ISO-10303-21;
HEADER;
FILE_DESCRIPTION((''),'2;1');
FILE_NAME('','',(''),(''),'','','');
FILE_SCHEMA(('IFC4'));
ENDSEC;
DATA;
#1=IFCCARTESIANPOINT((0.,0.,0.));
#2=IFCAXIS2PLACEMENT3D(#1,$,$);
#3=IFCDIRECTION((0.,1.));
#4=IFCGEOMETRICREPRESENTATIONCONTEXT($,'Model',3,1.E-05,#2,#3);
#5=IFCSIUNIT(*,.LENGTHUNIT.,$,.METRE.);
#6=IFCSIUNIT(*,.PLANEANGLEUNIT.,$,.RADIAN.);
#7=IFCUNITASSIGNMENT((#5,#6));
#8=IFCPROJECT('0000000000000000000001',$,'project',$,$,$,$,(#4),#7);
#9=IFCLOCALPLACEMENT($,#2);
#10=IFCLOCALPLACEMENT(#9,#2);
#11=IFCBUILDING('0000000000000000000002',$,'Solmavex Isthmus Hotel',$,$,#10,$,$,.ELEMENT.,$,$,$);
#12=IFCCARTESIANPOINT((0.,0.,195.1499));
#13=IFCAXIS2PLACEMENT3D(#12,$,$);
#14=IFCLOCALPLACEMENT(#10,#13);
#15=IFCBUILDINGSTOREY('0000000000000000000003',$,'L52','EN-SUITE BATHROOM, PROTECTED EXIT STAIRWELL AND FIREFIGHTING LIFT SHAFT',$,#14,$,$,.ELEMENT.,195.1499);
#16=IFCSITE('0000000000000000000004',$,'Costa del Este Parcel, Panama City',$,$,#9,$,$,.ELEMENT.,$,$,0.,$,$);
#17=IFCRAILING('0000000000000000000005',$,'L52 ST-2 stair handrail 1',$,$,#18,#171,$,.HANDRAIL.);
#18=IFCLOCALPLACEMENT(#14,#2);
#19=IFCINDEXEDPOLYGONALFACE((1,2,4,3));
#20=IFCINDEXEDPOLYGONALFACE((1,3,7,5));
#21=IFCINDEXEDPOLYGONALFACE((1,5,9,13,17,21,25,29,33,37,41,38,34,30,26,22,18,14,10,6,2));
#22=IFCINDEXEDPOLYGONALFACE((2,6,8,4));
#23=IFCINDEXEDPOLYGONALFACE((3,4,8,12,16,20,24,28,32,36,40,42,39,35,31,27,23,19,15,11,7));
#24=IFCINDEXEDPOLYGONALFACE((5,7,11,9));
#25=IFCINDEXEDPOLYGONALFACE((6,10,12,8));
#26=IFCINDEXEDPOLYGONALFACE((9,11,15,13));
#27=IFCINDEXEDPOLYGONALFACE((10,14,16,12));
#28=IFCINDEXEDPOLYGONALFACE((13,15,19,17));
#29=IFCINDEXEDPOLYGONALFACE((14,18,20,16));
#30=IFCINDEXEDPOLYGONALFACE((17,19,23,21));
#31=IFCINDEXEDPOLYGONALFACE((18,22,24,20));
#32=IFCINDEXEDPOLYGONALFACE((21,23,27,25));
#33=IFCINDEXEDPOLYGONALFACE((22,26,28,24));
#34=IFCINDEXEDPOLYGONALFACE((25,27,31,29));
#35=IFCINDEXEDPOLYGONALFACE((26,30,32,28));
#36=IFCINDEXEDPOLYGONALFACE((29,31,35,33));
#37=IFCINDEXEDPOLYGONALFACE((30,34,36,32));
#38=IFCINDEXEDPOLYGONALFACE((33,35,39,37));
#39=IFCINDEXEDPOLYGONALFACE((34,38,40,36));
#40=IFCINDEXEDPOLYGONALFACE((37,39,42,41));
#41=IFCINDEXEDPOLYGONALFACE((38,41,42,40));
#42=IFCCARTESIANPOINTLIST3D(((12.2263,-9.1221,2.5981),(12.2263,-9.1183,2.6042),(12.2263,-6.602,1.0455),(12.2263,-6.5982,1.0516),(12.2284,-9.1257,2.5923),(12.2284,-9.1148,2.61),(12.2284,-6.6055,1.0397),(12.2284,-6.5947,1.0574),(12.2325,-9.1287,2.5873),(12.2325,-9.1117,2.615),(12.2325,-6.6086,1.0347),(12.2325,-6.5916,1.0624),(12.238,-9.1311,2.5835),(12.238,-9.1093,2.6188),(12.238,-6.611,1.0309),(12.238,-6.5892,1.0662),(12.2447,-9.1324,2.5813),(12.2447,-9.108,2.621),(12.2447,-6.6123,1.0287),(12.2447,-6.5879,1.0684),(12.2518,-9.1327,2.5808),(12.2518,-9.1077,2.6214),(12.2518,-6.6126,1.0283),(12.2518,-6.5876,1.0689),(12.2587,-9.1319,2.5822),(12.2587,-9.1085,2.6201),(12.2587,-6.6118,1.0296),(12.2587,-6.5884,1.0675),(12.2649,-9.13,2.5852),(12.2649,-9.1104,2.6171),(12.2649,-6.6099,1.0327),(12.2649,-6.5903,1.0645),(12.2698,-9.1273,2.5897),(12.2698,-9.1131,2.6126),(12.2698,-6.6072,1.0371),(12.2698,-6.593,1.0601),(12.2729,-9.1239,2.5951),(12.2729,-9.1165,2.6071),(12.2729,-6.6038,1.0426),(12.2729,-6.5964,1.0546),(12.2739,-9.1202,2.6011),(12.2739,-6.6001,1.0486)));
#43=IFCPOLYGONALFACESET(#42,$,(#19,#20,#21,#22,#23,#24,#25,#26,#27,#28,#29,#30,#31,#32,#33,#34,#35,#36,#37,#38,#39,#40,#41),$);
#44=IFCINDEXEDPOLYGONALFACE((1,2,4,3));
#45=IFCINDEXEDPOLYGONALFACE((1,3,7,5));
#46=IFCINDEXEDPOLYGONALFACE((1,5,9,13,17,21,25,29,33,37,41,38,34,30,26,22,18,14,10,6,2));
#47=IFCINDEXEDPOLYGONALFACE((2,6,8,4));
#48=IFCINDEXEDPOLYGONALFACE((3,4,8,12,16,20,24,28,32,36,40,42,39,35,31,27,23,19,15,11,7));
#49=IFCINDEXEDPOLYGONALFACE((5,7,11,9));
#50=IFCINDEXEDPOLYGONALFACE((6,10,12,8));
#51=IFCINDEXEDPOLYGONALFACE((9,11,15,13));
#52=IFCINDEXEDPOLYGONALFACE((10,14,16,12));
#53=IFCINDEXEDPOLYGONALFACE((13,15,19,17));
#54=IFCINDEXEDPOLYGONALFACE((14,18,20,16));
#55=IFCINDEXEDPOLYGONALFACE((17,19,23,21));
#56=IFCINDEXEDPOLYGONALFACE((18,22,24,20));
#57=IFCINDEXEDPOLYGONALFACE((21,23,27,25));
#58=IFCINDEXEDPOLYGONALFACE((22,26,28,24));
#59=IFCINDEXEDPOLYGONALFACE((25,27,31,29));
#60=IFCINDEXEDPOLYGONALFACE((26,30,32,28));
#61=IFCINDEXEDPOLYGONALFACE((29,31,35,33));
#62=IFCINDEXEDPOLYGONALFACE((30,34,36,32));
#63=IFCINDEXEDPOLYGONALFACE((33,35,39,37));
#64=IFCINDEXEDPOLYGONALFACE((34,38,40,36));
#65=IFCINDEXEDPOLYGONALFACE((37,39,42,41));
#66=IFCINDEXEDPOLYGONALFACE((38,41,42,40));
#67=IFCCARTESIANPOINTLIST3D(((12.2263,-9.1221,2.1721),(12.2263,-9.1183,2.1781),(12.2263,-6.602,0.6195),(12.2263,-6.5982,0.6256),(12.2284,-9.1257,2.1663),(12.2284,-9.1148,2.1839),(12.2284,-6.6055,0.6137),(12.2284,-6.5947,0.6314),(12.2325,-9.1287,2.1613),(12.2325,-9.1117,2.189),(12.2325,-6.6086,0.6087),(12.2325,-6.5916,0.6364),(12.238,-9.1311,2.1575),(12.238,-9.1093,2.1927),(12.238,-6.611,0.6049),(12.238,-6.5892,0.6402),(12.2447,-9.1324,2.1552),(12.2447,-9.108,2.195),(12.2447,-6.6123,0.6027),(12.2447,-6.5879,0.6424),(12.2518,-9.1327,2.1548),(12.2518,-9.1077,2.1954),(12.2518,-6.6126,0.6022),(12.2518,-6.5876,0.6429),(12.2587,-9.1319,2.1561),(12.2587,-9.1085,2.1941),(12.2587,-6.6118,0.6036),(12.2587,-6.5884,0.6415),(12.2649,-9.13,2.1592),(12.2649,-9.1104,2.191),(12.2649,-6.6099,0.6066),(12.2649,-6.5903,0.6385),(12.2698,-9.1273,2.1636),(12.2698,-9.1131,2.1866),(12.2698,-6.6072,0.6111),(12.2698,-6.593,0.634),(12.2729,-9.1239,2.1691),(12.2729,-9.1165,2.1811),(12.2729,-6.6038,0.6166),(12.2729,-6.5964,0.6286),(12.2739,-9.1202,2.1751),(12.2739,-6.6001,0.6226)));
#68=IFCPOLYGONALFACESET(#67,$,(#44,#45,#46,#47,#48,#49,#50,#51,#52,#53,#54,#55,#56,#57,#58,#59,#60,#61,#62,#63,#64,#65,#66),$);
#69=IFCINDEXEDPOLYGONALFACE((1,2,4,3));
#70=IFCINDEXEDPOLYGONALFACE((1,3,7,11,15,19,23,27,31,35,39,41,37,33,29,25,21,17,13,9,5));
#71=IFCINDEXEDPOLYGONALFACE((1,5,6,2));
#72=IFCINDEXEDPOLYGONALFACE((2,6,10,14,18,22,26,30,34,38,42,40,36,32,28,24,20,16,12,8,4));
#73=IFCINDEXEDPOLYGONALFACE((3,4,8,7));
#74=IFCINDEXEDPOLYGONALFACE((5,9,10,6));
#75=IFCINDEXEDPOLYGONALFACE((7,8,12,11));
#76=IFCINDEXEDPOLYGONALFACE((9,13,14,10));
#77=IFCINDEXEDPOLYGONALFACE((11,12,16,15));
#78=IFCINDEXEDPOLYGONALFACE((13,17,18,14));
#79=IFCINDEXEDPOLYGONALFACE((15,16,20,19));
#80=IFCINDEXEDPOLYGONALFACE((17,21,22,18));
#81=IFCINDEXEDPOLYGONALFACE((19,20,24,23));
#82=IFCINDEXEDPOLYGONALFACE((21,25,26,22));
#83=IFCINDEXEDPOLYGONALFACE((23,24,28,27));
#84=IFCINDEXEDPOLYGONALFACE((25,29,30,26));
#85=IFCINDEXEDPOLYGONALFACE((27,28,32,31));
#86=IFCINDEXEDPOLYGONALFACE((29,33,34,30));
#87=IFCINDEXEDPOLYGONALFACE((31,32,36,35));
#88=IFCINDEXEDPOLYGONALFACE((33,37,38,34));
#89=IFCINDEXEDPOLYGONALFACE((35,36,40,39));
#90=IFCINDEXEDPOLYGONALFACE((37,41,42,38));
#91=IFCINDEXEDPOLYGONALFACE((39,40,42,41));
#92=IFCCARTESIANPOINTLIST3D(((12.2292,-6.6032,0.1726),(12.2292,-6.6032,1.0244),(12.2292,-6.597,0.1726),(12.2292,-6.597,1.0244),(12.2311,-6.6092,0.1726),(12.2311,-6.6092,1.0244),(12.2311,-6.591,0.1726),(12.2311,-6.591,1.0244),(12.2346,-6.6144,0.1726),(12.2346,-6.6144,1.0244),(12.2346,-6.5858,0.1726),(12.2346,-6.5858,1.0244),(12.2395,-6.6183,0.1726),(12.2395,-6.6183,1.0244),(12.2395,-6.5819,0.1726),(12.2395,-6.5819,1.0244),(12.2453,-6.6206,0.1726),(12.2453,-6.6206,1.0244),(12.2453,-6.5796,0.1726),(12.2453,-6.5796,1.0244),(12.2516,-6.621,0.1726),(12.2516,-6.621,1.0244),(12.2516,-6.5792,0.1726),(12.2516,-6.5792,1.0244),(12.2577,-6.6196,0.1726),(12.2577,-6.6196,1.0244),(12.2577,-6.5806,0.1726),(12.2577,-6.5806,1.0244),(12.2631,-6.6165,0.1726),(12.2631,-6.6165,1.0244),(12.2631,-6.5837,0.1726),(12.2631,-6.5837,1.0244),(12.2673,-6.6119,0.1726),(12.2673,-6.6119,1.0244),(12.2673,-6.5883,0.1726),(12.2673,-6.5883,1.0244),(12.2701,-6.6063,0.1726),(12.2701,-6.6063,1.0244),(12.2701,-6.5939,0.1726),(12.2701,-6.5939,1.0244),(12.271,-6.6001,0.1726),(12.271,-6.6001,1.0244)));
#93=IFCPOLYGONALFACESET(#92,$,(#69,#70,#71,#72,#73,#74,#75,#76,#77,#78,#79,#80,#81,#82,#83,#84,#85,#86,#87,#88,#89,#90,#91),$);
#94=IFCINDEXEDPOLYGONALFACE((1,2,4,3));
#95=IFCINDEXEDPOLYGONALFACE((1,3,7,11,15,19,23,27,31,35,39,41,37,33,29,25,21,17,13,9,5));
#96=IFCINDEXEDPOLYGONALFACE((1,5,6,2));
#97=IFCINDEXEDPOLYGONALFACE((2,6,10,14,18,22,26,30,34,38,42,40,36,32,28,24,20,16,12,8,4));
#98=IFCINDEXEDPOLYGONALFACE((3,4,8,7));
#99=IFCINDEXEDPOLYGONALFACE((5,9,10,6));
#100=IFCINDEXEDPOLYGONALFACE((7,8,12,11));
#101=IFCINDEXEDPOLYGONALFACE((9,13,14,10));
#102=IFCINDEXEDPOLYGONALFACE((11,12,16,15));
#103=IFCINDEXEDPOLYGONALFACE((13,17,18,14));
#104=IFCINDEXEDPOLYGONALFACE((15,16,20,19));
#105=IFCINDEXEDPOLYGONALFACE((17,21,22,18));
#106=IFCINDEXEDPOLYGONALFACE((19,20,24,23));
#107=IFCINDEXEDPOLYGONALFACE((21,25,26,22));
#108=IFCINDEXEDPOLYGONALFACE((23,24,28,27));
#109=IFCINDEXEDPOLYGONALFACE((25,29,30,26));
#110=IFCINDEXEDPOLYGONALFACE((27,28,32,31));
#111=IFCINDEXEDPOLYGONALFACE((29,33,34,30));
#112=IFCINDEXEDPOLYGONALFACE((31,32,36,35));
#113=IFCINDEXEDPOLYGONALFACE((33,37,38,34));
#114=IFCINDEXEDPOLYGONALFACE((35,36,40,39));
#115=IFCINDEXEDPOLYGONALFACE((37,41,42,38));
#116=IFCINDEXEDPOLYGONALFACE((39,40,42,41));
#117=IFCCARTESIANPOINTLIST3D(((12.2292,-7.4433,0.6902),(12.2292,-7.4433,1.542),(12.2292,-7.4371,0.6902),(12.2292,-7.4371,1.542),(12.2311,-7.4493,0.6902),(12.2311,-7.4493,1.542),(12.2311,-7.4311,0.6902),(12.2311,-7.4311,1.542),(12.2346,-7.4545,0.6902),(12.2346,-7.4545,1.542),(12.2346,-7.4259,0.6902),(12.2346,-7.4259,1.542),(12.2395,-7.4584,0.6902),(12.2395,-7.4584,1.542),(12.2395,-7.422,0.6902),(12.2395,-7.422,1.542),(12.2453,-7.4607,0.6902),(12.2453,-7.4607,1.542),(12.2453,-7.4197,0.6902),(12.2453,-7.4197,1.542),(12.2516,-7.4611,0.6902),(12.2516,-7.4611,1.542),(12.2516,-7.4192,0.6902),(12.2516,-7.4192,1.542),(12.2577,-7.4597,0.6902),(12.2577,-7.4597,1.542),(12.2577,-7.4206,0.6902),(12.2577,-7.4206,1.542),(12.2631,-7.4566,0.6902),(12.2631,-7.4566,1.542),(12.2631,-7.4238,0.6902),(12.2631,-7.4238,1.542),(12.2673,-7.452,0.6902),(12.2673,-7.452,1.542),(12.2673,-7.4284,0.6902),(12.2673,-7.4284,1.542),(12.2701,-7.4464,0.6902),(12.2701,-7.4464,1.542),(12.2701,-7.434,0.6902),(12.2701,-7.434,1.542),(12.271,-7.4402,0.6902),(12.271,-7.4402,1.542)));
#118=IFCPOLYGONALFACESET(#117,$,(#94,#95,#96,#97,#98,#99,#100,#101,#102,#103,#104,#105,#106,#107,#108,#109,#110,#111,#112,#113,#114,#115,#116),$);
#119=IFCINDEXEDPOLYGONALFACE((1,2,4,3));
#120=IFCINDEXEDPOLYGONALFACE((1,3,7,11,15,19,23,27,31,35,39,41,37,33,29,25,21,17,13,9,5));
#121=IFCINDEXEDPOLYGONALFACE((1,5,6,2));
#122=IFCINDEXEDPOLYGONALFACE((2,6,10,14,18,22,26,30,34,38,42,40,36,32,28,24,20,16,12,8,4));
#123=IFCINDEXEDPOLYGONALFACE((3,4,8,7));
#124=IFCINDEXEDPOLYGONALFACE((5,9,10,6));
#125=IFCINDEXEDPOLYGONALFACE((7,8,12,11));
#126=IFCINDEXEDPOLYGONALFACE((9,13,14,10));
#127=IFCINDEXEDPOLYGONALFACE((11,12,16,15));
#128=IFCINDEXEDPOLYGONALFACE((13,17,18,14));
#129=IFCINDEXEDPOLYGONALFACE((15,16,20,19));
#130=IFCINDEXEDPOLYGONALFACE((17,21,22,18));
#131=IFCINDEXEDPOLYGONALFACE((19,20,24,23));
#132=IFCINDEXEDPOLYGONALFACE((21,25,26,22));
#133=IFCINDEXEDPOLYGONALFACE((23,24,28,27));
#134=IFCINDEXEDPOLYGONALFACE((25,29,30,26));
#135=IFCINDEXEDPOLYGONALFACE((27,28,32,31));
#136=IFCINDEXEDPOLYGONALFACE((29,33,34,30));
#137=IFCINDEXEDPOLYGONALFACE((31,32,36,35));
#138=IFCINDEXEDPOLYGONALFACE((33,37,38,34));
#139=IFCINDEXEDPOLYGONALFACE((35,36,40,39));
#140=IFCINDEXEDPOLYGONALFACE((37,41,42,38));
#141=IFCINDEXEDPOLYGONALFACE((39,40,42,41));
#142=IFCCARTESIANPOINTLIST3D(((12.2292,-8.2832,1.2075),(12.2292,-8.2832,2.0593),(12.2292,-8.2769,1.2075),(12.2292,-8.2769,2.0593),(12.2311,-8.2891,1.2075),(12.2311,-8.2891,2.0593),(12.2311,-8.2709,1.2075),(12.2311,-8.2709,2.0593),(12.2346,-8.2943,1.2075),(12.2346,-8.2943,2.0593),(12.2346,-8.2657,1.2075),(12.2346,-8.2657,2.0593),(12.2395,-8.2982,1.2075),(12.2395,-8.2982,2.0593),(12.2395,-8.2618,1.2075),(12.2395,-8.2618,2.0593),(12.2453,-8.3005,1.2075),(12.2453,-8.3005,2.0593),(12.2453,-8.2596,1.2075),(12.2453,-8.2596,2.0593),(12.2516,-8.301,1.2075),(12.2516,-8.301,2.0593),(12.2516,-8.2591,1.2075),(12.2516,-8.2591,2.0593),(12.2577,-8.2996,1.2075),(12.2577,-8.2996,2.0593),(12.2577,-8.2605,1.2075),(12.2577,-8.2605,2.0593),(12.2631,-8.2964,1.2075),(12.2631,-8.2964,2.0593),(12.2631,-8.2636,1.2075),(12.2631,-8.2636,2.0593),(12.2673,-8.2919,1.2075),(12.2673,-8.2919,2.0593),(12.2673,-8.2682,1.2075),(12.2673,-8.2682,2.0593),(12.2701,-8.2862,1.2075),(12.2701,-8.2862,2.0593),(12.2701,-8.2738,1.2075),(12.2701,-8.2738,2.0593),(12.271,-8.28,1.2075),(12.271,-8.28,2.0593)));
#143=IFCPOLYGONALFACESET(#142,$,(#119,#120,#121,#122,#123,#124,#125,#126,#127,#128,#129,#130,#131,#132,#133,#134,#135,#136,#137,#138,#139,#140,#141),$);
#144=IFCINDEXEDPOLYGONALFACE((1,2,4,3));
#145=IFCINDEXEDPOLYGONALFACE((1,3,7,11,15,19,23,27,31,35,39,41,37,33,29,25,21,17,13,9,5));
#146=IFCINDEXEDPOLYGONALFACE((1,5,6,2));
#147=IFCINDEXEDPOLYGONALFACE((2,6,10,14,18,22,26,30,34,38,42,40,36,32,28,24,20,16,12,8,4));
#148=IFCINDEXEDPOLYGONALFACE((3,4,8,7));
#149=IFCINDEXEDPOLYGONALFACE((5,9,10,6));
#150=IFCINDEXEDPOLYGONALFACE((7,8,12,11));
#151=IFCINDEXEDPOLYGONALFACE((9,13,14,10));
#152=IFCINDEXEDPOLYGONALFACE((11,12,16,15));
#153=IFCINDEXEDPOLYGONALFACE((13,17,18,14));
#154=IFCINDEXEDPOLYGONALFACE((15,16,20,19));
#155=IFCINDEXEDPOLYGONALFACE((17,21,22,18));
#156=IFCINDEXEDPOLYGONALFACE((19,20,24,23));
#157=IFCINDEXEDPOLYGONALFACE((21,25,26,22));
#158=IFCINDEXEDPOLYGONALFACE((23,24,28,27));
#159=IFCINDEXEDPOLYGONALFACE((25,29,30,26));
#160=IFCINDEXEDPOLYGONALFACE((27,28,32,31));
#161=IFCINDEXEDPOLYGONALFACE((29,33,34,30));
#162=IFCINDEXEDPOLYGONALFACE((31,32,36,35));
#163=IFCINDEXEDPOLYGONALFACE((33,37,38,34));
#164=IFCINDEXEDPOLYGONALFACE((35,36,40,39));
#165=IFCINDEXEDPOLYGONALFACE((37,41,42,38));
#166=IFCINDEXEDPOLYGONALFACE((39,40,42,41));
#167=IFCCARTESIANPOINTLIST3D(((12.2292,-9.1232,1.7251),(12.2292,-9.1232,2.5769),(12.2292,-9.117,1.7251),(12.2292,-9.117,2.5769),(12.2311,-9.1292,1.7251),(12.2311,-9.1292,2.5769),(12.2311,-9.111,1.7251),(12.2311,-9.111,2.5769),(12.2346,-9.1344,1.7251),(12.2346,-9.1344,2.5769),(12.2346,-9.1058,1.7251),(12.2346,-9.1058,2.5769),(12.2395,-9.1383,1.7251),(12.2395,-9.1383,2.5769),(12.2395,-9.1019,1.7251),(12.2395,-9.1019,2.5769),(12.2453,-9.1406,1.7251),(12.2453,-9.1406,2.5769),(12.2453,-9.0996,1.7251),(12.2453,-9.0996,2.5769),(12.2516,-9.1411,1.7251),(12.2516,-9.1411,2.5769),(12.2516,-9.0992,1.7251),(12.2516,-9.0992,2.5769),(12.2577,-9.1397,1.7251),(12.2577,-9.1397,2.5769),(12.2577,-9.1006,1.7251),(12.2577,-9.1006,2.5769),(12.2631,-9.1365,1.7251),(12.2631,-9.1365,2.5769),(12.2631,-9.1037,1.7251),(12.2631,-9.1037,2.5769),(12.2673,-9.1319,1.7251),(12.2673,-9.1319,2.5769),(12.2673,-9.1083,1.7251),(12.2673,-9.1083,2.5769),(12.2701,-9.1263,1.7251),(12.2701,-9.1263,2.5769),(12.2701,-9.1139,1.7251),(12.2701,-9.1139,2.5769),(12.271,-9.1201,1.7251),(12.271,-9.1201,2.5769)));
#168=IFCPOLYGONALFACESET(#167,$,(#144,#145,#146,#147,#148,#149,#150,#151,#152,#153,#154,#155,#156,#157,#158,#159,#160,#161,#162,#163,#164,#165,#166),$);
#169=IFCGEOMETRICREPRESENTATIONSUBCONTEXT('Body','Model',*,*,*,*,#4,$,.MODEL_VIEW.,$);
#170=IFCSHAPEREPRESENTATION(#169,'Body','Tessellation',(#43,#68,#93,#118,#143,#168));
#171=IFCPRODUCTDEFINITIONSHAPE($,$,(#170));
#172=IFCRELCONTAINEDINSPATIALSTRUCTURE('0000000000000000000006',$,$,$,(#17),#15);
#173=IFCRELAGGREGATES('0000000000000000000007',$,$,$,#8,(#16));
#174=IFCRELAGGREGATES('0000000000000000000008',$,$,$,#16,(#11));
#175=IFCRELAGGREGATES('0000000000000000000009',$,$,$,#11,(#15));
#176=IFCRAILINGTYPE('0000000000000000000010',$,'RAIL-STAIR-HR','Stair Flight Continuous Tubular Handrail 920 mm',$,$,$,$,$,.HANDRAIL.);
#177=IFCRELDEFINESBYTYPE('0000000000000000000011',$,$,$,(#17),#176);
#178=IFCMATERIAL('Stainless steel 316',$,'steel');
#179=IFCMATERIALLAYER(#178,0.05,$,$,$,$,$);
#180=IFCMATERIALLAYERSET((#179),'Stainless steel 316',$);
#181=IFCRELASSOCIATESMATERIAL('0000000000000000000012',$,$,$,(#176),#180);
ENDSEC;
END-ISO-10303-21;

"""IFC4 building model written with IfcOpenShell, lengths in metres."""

from ifc_helpers import new_model, si_unit, direction, frame, origin, origin_2d, place, context, subcontext, project, spatial, circle, extrude, material, layer, layer_set, type_object, element, save


model = new_model("IFC4")

# Units and contexts
model_context = context("Model", 3, precision=1e-05, world=origin(), true_north=direction((0.0, 1.0)))
body_context = subcontext(model_context, "Body", "Model", "MODEL_VIEW")
ifc_project = project(units=[si_unit("LENGTHUNIT", "METRE"), si_unit("PLANEANGLEUNIT", "RADIAN")], contexts=[model_context])

# Site, building, storey
site_placement = place(None, origin())
site = spatial("IfcSite", under=ifc_project, at=site_placement, Name="Costa del Este Parcel, Panama City", CompositionType="ELEMENT", RefElevation=0.0)
building_placement = place(site_placement, origin())
building = spatial("IfcBuilding", under=site, at=building_placement, Name="Solmavex Isthmus Hotel", CompositionType="ELEMENT")
storey_placement = place(building_placement, frame((0.0, 0.0, 195.1499)))
storey = spatial("IfcBuildingStorey", under=building, at=storey_placement, Name="L52", Description="EN-SUITE BATHROOM, PROTECTED EXIT STAIRWELL AND FIREFIGHTING LIFT SHAFT", CompositionType="ELEMENT", Elevation=195.1499)

# Shared definitions
ifc_material_1 = material(Name="Stainless steel 316", Category="steel")

# Railing
ifc_layer_1 = layer(ifc_material_1, 0.05)
ifc_layer_set_1 = layer_set([ifc_layer_1], Name="Stainless steel 316")
railing_type = type_object("IfcRailingType", Name="RAIL-STAIR-HR", Description="Stair Flight Continuous Tubular Handrail 920 mm", PredefinedType="HANDRAIL", material=ifc_layer_set_1)
railing_placement = place(storey_placement, frame((12.25, -6.6001, 0.1726)))
element("IfcRailing", 1, at=railing_placement, inside=storey, type_object=railing_type, Name="L52 ST-2 stair handrail 1", PredefinedType="HANDRAIL", context=body_context, shape_type="SweptSolid", body=[
    extrude(circle(Radius=0.0239, at=origin_2d()), frame((0.0, 0.0, 0.876), z_axis=(0.0, -0.8514, 0.524516), x_axis=(1.0, 0.0, 0.0)), (0.0, 0.0, 1.0), 2.96),
    extrude(circle(Radius=0.0239, at=origin_2d()), frame((0.0, 0.0, 0.45), z_axis=(0.0, -0.8514, 0.524516), x_axis=(1.0, 0.0, 0.0)), (0.0, 0.0, 1.0), 2.96),
    extrude(circle(Radius=0.021, at=origin_2d()), origin(), (0.0, 0.0, 1.0), 0.8518),
    extrude(circle(Radius=0.021, at=origin_2d()), frame((0.0, -0.8401, 0.5176)), (0.0, 0.0, 1.0), 0.8518),
    extrude(circle(Radius=0.021, at=origin_2d()), frame((0.0, -1.6799, 1.0349)), (0.0, 0.0, 1.0), 0.8518),
    extrude(circle(Radius=0.021, at=origin_2d()), frame((0.0, -2.52, 1.5525)), (0.0, 0.0, 1.0), 0.8518),
])

save(model, "model.ifc")
